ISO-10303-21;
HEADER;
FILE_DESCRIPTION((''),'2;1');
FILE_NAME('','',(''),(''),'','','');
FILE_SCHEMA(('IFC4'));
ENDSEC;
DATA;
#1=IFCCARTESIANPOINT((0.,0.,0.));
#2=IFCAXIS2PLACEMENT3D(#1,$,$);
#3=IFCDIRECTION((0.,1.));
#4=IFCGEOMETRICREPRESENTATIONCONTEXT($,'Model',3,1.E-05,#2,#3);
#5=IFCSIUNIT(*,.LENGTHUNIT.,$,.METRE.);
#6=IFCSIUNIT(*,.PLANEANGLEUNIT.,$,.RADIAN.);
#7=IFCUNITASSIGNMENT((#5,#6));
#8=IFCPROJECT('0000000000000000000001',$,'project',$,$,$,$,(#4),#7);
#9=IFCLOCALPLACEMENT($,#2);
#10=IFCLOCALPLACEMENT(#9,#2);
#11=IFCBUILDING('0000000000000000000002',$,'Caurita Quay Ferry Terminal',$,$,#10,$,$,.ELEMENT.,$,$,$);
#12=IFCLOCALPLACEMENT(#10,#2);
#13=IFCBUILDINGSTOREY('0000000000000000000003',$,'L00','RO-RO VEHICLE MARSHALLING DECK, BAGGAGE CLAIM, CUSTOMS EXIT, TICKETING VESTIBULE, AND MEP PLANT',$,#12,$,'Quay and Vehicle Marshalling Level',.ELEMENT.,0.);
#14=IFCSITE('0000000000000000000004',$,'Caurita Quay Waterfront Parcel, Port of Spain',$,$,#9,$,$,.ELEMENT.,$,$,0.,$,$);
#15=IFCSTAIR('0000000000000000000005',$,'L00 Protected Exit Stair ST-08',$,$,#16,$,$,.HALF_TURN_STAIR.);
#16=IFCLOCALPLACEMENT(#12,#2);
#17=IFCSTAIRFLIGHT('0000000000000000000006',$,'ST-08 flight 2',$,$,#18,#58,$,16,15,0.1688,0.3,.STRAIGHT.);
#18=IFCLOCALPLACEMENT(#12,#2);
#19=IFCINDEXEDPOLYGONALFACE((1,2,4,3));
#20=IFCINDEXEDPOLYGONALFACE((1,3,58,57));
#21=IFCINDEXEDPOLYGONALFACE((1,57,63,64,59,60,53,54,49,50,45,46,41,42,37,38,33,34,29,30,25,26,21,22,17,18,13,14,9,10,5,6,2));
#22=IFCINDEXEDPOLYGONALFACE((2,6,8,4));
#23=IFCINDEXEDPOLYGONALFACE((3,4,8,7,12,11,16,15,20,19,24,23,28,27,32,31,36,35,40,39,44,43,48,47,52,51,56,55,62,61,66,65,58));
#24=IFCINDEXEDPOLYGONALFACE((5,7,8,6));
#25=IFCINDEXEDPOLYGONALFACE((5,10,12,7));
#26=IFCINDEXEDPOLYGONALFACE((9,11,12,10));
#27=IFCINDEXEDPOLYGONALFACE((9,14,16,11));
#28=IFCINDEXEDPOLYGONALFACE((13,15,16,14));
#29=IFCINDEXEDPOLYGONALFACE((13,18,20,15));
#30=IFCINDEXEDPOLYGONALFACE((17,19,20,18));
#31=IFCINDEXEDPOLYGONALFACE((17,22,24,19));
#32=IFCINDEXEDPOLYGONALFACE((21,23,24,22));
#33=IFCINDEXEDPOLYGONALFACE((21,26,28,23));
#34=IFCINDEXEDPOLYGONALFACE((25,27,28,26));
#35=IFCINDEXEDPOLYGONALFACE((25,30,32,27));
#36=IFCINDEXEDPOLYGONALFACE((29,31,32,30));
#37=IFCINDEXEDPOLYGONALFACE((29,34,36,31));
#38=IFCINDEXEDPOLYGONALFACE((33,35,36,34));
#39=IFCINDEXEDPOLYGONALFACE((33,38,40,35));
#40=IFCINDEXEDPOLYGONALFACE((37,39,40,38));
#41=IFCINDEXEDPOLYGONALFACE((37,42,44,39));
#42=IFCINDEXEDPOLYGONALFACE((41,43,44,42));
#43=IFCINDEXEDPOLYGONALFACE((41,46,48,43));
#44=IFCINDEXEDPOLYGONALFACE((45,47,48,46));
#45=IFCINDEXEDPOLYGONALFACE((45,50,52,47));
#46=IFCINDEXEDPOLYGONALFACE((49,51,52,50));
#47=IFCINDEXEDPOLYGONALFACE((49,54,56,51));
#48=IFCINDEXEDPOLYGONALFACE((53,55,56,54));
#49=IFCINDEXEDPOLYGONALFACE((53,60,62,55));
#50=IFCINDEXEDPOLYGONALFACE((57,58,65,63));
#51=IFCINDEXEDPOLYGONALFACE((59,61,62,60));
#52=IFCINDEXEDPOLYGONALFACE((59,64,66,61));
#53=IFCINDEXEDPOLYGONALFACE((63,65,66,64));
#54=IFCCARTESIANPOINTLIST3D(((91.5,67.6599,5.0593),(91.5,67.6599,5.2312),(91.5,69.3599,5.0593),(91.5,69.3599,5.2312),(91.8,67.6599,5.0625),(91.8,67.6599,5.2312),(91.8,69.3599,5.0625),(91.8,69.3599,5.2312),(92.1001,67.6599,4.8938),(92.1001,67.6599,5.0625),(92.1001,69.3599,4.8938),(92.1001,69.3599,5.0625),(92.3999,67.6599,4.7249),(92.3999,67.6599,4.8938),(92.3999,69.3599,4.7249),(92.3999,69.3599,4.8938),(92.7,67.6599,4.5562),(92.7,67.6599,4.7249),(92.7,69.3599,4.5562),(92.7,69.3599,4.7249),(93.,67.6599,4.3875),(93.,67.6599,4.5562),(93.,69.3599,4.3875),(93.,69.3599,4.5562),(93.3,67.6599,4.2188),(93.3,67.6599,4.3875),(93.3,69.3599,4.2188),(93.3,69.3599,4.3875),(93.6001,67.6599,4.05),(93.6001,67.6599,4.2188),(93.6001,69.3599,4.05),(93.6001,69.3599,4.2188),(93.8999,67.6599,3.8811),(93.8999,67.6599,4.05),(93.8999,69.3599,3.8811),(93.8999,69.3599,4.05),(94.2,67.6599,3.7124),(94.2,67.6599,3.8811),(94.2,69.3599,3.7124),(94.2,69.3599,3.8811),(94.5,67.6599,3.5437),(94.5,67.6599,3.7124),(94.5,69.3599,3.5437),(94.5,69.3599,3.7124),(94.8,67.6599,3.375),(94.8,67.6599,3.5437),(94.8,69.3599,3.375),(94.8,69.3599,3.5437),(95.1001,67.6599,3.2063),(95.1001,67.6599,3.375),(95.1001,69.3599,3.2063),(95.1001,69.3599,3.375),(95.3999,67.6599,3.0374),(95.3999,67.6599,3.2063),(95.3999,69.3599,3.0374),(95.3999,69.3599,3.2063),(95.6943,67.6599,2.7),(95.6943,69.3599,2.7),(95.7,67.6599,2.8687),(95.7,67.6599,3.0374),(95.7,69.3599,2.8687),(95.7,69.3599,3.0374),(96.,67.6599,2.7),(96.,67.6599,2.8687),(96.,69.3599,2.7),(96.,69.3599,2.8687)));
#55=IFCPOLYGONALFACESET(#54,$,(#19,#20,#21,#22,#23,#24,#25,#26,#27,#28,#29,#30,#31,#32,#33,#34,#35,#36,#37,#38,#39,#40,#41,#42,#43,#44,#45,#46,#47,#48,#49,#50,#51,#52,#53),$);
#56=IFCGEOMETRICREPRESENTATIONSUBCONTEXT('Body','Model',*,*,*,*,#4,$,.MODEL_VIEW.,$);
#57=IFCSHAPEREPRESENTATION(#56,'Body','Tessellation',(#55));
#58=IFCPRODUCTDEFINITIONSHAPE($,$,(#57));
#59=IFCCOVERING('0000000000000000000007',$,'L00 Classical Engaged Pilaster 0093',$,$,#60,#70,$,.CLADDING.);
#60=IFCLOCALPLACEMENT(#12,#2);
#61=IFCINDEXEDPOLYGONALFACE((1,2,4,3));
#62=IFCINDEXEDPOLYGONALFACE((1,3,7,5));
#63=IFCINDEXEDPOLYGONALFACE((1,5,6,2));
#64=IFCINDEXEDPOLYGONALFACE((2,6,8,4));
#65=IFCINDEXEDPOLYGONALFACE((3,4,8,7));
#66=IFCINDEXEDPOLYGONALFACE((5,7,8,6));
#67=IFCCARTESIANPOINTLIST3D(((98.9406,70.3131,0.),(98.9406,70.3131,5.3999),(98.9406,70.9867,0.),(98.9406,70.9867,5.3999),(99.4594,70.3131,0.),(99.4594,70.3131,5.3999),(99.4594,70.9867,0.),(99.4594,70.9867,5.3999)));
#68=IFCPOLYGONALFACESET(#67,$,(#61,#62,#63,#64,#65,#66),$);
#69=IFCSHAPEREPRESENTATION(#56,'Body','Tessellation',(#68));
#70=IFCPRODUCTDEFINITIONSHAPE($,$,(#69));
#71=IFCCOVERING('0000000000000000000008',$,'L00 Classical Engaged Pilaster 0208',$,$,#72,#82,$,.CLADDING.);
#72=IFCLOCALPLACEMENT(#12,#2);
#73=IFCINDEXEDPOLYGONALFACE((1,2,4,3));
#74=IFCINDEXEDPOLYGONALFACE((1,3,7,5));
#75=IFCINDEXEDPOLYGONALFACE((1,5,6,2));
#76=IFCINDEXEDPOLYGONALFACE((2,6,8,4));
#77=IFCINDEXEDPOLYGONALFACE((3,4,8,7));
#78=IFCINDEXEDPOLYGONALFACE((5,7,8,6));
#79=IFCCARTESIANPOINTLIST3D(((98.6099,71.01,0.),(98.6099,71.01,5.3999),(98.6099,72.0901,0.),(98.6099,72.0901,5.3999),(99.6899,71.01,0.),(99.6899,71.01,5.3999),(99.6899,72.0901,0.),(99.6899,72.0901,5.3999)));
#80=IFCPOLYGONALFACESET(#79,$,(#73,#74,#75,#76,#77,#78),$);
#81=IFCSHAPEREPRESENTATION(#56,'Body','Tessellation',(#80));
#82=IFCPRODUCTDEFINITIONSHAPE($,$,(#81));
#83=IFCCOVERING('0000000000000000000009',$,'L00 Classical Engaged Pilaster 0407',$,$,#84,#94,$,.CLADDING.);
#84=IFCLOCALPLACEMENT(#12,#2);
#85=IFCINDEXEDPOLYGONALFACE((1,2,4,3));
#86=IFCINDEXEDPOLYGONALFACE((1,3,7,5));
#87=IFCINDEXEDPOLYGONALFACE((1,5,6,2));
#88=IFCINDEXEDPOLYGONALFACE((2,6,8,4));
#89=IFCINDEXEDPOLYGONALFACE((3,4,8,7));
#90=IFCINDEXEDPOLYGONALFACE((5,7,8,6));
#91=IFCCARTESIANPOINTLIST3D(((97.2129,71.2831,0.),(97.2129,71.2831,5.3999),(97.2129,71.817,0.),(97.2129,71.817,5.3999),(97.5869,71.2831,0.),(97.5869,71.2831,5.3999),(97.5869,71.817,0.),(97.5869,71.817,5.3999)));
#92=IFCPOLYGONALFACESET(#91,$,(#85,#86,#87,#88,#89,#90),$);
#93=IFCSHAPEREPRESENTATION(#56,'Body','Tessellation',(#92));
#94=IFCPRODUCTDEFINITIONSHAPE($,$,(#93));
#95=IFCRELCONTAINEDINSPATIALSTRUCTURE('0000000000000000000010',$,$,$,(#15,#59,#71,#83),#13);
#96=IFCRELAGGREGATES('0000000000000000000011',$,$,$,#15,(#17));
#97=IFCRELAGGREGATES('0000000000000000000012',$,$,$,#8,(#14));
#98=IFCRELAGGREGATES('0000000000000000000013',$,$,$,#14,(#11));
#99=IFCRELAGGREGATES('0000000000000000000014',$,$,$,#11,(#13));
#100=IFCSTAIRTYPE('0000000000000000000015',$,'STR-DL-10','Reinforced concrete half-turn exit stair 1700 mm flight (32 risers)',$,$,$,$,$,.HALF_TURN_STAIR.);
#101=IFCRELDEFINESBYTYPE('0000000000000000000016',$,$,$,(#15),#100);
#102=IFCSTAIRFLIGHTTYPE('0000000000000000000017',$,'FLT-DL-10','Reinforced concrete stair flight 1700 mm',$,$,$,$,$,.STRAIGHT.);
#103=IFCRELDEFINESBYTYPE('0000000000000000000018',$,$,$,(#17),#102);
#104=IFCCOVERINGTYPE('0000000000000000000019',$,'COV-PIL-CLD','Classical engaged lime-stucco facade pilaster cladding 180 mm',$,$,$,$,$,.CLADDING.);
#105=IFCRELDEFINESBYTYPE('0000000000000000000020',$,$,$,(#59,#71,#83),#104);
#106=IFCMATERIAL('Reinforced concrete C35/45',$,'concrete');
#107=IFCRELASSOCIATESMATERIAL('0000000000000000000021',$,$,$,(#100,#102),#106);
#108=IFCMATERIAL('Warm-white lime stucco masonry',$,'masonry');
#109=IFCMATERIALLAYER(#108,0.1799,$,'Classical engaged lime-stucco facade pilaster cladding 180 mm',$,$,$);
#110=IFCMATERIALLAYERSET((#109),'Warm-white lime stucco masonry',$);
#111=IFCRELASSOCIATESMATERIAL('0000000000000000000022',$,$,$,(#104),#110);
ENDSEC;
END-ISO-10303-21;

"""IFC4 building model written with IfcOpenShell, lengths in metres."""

from ifc_helpers import new_model, si_unit, direction, frame, origin, origin_2d, place, context, subcontext, project, spatial, polyline, rectangle, outline, extrude, material, layer, layer_set, type_object, element, aggregate, save


model = new_model("IFC4")

# Units and contexts
model_context = context("Model", 3, precision=1e-05, world=origin(), true_north=direction((0.0, 1.0)))
body_context = subcontext(model_context, "Body", "Model", "MODEL_VIEW")
ifc_project = project(units=[si_unit("LENGTHUNIT", "METRE"), si_unit("PLANEANGLEUNIT", "RADIAN")], contexts=[model_context])

# Site, building, storey
site_placement = place(None, origin())
site = spatial("IfcSite", under=ifc_project, at=site_placement, Name="Caurita Quay Waterfront Parcel, Port of Spain", CompositionType="ELEMENT", RefElevation=0.0)
building_placement = place(site_placement, origin())
building = spatial("IfcBuilding", under=site, at=building_placement, Name="Caurita Quay Ferry Terminal", CompositionType="ELEMENT")
storey_placement = place(building_placement, origin())
storey = spatial("IfcBuildingStorey", under=building, at=storey_placement, Name="L00", Description="RO-RO VEHICLE MARSHALLING DECK, BAGGAGE CLAIM, CUSTOMS EXIT, TICKETING VESTIBULE, AND MEP PLANT", LongName="Quay and Vehicle Marshalling Level", CompositionType="ELEMENT", Elevation=0.0)

# Shared definitions
ifc_material_1 = material(Name="Reinforced concrete C35/45", Category="concrete")

# Shared definitions
ifc_material_2 = material(Name="Warm-white lime stucco masonry", Category="masonry")

# Stair, stair flight
stair_type = type_object("IfcStairType", Name="STR-DL-10", Description="Reinforced concrete half-turn exit stair 1700 mm flight (32 risers)", PredefinedType="HALF_TURN_STAIR", material=ifc_material_1)
stair_placement = place(storey_placement, origin())
stair = element("IfcStair", 1, at=stair_placement, inside=storey, type_object=stair_type, Name="L00 Protected Exit Stair ST-08", PredefinedType="HALF_TURN_STAIR")
stair_flight_type = type_object("IfcStairFlightType", Name="FLT-DL-10", Description="Reinforced concrete stair flight 1700 mm", PredefinedType="STRAIGHT", material=ifc_material_1)
stair_flight_placement = place(storey_placement, frame((96.0, 68.51, 2.7), z_axis=(0.0, 0.0, 1.0), x_axis=(-1.0, 0.0, 0.0)))
stair_flight = element("IfcStairFlight", 2, at=stair_flight_placement, type_object=stair_flight_type, Name="ST-08 flight 2", NumberOfRisers=16, NumberOfTreads=15, PredefinedType="STRAIGHT", RiserHeight=0.1688, TreadLength=0.3, context=body_context, shape_type="SweptSolid", body=[
    extrude(outline(polyline([(0.0, 0.0), (0.0, 0.1687), (0.3, 0.1687), (0.3, 0.3374), (0.6001, 0.3374), (0.6001, 0.5063), (0.8999, 0.5063), (0.8999, 0.675), (1.2, 0.675), (1.2, 0.8438), (1.5, 0.8438), (1.5, 1.0125), (1.8, 1.0125), (1.8, 1.1812), (2.1001, 1.1812), (2.1001, 1.3501), (2.3999, 1.3501), (2.3999, 1.5188), (2.7, 1.5188), (2.7, 1.6875), (3.0, 1.6875), (3.0, 1.8562), (3.3, 1.8562), (3.3, 2.0249), (3.6001, 2.0249), (3.6001, 2.1938), (3.8999, 2.1938), (3.8999, 2.3625), (4.2, 2.3625), (4.2, 2.5312), (4.5, 2.5312), (4.5, 2.7), (4.5, 2.3594), (0.3057, 0.0), (0.0, 0.0)])), frame((0.0, 0.8501, 0.0), z_axis=(0.0, -1.0, 0.0), x_axis=(1.0, 0.0, 0.0)), (0.0, 0.0, 1.0), 1.7),
])
aggregate(stair, [stair_flight])

# Coverings
ifc_layer_1 = layer(ifc_material_2, 0.1799, Name="Classical engaged lime-stucco facade pilaster cladding 180 mm")
ifc_layer_set_1 = layer_set([ifc_layer_1], Name="Warm-white lime stucco masonry")
covering_type = type_object("IfcCoveringType", Name="COV-PIL-CLD", Description="Classical engaged lime-stucco facade pilaster cladding 180 mm", PredefinedType="CLADDING", material=ifc_layer_set_1)
covering_1_placement = place(storey_placement, frame((99.2, 70.6499, 0.0), z_axis=(0.0, 0.0, 1.0), x_axis=(1.0, 0.0, 0.0)))
element("IfcCovering", 3, at=covering_1_placement, inside=storey, type_object=covering_type, Name="L00 Classical Engaged Pilaster 0093", PredefinedType="CLADDING", context=body_context, shape_type="SweptSolid", body=[
    extrude(rectangle(XDim=0.5188, YDim=0.6736, at=origin_2d()), origin(), (0.0, 0.0, 1.0), 5.3999),
])
covering_2_placement = place(storey_placement, frame((99.1499, 71.55, 0.0), z_axis=(0.0, 0.0, 1.0), x_axis=(1.0, 0.0, 0.0)))
element("IfcCovering", 4, at=covering_2_placement, inside=storey, type_object=covering_type, Name="L00 Classical Engaged Pilaster 0208", PredefinedType="CLADDING", context=body_context, shape_type="SweptSolid", body=[
    extrude(rectangle(XDim=1.0801, YDim=1.0801, at=origin_2d()), origin(), (0.0, 0.0, 1.0), 5.3999),
])
covering_3_placement = place(storey_placement, frame((97.3999, 71.55, 0.0), z_axis=(0.0, 0.0, 1.0), x_axis=(1.0, 0.0, 0.0)))
element("IfcCovering", 5, at=covering_3_placement, inside=storey, type_object=covering_type, Name="L00 Classical Engaged Pilaster 0407", PredefinedType="CLADDING", context=body_context, shape_type="SweptSolid", body=[
    extrude(rectangle(XDim=0.374, YDim=0.5339, at=origin_2d()), origin(), (0.0, 0.0, 1.0), 5.3999),
])

save(model, "model.ifc")
